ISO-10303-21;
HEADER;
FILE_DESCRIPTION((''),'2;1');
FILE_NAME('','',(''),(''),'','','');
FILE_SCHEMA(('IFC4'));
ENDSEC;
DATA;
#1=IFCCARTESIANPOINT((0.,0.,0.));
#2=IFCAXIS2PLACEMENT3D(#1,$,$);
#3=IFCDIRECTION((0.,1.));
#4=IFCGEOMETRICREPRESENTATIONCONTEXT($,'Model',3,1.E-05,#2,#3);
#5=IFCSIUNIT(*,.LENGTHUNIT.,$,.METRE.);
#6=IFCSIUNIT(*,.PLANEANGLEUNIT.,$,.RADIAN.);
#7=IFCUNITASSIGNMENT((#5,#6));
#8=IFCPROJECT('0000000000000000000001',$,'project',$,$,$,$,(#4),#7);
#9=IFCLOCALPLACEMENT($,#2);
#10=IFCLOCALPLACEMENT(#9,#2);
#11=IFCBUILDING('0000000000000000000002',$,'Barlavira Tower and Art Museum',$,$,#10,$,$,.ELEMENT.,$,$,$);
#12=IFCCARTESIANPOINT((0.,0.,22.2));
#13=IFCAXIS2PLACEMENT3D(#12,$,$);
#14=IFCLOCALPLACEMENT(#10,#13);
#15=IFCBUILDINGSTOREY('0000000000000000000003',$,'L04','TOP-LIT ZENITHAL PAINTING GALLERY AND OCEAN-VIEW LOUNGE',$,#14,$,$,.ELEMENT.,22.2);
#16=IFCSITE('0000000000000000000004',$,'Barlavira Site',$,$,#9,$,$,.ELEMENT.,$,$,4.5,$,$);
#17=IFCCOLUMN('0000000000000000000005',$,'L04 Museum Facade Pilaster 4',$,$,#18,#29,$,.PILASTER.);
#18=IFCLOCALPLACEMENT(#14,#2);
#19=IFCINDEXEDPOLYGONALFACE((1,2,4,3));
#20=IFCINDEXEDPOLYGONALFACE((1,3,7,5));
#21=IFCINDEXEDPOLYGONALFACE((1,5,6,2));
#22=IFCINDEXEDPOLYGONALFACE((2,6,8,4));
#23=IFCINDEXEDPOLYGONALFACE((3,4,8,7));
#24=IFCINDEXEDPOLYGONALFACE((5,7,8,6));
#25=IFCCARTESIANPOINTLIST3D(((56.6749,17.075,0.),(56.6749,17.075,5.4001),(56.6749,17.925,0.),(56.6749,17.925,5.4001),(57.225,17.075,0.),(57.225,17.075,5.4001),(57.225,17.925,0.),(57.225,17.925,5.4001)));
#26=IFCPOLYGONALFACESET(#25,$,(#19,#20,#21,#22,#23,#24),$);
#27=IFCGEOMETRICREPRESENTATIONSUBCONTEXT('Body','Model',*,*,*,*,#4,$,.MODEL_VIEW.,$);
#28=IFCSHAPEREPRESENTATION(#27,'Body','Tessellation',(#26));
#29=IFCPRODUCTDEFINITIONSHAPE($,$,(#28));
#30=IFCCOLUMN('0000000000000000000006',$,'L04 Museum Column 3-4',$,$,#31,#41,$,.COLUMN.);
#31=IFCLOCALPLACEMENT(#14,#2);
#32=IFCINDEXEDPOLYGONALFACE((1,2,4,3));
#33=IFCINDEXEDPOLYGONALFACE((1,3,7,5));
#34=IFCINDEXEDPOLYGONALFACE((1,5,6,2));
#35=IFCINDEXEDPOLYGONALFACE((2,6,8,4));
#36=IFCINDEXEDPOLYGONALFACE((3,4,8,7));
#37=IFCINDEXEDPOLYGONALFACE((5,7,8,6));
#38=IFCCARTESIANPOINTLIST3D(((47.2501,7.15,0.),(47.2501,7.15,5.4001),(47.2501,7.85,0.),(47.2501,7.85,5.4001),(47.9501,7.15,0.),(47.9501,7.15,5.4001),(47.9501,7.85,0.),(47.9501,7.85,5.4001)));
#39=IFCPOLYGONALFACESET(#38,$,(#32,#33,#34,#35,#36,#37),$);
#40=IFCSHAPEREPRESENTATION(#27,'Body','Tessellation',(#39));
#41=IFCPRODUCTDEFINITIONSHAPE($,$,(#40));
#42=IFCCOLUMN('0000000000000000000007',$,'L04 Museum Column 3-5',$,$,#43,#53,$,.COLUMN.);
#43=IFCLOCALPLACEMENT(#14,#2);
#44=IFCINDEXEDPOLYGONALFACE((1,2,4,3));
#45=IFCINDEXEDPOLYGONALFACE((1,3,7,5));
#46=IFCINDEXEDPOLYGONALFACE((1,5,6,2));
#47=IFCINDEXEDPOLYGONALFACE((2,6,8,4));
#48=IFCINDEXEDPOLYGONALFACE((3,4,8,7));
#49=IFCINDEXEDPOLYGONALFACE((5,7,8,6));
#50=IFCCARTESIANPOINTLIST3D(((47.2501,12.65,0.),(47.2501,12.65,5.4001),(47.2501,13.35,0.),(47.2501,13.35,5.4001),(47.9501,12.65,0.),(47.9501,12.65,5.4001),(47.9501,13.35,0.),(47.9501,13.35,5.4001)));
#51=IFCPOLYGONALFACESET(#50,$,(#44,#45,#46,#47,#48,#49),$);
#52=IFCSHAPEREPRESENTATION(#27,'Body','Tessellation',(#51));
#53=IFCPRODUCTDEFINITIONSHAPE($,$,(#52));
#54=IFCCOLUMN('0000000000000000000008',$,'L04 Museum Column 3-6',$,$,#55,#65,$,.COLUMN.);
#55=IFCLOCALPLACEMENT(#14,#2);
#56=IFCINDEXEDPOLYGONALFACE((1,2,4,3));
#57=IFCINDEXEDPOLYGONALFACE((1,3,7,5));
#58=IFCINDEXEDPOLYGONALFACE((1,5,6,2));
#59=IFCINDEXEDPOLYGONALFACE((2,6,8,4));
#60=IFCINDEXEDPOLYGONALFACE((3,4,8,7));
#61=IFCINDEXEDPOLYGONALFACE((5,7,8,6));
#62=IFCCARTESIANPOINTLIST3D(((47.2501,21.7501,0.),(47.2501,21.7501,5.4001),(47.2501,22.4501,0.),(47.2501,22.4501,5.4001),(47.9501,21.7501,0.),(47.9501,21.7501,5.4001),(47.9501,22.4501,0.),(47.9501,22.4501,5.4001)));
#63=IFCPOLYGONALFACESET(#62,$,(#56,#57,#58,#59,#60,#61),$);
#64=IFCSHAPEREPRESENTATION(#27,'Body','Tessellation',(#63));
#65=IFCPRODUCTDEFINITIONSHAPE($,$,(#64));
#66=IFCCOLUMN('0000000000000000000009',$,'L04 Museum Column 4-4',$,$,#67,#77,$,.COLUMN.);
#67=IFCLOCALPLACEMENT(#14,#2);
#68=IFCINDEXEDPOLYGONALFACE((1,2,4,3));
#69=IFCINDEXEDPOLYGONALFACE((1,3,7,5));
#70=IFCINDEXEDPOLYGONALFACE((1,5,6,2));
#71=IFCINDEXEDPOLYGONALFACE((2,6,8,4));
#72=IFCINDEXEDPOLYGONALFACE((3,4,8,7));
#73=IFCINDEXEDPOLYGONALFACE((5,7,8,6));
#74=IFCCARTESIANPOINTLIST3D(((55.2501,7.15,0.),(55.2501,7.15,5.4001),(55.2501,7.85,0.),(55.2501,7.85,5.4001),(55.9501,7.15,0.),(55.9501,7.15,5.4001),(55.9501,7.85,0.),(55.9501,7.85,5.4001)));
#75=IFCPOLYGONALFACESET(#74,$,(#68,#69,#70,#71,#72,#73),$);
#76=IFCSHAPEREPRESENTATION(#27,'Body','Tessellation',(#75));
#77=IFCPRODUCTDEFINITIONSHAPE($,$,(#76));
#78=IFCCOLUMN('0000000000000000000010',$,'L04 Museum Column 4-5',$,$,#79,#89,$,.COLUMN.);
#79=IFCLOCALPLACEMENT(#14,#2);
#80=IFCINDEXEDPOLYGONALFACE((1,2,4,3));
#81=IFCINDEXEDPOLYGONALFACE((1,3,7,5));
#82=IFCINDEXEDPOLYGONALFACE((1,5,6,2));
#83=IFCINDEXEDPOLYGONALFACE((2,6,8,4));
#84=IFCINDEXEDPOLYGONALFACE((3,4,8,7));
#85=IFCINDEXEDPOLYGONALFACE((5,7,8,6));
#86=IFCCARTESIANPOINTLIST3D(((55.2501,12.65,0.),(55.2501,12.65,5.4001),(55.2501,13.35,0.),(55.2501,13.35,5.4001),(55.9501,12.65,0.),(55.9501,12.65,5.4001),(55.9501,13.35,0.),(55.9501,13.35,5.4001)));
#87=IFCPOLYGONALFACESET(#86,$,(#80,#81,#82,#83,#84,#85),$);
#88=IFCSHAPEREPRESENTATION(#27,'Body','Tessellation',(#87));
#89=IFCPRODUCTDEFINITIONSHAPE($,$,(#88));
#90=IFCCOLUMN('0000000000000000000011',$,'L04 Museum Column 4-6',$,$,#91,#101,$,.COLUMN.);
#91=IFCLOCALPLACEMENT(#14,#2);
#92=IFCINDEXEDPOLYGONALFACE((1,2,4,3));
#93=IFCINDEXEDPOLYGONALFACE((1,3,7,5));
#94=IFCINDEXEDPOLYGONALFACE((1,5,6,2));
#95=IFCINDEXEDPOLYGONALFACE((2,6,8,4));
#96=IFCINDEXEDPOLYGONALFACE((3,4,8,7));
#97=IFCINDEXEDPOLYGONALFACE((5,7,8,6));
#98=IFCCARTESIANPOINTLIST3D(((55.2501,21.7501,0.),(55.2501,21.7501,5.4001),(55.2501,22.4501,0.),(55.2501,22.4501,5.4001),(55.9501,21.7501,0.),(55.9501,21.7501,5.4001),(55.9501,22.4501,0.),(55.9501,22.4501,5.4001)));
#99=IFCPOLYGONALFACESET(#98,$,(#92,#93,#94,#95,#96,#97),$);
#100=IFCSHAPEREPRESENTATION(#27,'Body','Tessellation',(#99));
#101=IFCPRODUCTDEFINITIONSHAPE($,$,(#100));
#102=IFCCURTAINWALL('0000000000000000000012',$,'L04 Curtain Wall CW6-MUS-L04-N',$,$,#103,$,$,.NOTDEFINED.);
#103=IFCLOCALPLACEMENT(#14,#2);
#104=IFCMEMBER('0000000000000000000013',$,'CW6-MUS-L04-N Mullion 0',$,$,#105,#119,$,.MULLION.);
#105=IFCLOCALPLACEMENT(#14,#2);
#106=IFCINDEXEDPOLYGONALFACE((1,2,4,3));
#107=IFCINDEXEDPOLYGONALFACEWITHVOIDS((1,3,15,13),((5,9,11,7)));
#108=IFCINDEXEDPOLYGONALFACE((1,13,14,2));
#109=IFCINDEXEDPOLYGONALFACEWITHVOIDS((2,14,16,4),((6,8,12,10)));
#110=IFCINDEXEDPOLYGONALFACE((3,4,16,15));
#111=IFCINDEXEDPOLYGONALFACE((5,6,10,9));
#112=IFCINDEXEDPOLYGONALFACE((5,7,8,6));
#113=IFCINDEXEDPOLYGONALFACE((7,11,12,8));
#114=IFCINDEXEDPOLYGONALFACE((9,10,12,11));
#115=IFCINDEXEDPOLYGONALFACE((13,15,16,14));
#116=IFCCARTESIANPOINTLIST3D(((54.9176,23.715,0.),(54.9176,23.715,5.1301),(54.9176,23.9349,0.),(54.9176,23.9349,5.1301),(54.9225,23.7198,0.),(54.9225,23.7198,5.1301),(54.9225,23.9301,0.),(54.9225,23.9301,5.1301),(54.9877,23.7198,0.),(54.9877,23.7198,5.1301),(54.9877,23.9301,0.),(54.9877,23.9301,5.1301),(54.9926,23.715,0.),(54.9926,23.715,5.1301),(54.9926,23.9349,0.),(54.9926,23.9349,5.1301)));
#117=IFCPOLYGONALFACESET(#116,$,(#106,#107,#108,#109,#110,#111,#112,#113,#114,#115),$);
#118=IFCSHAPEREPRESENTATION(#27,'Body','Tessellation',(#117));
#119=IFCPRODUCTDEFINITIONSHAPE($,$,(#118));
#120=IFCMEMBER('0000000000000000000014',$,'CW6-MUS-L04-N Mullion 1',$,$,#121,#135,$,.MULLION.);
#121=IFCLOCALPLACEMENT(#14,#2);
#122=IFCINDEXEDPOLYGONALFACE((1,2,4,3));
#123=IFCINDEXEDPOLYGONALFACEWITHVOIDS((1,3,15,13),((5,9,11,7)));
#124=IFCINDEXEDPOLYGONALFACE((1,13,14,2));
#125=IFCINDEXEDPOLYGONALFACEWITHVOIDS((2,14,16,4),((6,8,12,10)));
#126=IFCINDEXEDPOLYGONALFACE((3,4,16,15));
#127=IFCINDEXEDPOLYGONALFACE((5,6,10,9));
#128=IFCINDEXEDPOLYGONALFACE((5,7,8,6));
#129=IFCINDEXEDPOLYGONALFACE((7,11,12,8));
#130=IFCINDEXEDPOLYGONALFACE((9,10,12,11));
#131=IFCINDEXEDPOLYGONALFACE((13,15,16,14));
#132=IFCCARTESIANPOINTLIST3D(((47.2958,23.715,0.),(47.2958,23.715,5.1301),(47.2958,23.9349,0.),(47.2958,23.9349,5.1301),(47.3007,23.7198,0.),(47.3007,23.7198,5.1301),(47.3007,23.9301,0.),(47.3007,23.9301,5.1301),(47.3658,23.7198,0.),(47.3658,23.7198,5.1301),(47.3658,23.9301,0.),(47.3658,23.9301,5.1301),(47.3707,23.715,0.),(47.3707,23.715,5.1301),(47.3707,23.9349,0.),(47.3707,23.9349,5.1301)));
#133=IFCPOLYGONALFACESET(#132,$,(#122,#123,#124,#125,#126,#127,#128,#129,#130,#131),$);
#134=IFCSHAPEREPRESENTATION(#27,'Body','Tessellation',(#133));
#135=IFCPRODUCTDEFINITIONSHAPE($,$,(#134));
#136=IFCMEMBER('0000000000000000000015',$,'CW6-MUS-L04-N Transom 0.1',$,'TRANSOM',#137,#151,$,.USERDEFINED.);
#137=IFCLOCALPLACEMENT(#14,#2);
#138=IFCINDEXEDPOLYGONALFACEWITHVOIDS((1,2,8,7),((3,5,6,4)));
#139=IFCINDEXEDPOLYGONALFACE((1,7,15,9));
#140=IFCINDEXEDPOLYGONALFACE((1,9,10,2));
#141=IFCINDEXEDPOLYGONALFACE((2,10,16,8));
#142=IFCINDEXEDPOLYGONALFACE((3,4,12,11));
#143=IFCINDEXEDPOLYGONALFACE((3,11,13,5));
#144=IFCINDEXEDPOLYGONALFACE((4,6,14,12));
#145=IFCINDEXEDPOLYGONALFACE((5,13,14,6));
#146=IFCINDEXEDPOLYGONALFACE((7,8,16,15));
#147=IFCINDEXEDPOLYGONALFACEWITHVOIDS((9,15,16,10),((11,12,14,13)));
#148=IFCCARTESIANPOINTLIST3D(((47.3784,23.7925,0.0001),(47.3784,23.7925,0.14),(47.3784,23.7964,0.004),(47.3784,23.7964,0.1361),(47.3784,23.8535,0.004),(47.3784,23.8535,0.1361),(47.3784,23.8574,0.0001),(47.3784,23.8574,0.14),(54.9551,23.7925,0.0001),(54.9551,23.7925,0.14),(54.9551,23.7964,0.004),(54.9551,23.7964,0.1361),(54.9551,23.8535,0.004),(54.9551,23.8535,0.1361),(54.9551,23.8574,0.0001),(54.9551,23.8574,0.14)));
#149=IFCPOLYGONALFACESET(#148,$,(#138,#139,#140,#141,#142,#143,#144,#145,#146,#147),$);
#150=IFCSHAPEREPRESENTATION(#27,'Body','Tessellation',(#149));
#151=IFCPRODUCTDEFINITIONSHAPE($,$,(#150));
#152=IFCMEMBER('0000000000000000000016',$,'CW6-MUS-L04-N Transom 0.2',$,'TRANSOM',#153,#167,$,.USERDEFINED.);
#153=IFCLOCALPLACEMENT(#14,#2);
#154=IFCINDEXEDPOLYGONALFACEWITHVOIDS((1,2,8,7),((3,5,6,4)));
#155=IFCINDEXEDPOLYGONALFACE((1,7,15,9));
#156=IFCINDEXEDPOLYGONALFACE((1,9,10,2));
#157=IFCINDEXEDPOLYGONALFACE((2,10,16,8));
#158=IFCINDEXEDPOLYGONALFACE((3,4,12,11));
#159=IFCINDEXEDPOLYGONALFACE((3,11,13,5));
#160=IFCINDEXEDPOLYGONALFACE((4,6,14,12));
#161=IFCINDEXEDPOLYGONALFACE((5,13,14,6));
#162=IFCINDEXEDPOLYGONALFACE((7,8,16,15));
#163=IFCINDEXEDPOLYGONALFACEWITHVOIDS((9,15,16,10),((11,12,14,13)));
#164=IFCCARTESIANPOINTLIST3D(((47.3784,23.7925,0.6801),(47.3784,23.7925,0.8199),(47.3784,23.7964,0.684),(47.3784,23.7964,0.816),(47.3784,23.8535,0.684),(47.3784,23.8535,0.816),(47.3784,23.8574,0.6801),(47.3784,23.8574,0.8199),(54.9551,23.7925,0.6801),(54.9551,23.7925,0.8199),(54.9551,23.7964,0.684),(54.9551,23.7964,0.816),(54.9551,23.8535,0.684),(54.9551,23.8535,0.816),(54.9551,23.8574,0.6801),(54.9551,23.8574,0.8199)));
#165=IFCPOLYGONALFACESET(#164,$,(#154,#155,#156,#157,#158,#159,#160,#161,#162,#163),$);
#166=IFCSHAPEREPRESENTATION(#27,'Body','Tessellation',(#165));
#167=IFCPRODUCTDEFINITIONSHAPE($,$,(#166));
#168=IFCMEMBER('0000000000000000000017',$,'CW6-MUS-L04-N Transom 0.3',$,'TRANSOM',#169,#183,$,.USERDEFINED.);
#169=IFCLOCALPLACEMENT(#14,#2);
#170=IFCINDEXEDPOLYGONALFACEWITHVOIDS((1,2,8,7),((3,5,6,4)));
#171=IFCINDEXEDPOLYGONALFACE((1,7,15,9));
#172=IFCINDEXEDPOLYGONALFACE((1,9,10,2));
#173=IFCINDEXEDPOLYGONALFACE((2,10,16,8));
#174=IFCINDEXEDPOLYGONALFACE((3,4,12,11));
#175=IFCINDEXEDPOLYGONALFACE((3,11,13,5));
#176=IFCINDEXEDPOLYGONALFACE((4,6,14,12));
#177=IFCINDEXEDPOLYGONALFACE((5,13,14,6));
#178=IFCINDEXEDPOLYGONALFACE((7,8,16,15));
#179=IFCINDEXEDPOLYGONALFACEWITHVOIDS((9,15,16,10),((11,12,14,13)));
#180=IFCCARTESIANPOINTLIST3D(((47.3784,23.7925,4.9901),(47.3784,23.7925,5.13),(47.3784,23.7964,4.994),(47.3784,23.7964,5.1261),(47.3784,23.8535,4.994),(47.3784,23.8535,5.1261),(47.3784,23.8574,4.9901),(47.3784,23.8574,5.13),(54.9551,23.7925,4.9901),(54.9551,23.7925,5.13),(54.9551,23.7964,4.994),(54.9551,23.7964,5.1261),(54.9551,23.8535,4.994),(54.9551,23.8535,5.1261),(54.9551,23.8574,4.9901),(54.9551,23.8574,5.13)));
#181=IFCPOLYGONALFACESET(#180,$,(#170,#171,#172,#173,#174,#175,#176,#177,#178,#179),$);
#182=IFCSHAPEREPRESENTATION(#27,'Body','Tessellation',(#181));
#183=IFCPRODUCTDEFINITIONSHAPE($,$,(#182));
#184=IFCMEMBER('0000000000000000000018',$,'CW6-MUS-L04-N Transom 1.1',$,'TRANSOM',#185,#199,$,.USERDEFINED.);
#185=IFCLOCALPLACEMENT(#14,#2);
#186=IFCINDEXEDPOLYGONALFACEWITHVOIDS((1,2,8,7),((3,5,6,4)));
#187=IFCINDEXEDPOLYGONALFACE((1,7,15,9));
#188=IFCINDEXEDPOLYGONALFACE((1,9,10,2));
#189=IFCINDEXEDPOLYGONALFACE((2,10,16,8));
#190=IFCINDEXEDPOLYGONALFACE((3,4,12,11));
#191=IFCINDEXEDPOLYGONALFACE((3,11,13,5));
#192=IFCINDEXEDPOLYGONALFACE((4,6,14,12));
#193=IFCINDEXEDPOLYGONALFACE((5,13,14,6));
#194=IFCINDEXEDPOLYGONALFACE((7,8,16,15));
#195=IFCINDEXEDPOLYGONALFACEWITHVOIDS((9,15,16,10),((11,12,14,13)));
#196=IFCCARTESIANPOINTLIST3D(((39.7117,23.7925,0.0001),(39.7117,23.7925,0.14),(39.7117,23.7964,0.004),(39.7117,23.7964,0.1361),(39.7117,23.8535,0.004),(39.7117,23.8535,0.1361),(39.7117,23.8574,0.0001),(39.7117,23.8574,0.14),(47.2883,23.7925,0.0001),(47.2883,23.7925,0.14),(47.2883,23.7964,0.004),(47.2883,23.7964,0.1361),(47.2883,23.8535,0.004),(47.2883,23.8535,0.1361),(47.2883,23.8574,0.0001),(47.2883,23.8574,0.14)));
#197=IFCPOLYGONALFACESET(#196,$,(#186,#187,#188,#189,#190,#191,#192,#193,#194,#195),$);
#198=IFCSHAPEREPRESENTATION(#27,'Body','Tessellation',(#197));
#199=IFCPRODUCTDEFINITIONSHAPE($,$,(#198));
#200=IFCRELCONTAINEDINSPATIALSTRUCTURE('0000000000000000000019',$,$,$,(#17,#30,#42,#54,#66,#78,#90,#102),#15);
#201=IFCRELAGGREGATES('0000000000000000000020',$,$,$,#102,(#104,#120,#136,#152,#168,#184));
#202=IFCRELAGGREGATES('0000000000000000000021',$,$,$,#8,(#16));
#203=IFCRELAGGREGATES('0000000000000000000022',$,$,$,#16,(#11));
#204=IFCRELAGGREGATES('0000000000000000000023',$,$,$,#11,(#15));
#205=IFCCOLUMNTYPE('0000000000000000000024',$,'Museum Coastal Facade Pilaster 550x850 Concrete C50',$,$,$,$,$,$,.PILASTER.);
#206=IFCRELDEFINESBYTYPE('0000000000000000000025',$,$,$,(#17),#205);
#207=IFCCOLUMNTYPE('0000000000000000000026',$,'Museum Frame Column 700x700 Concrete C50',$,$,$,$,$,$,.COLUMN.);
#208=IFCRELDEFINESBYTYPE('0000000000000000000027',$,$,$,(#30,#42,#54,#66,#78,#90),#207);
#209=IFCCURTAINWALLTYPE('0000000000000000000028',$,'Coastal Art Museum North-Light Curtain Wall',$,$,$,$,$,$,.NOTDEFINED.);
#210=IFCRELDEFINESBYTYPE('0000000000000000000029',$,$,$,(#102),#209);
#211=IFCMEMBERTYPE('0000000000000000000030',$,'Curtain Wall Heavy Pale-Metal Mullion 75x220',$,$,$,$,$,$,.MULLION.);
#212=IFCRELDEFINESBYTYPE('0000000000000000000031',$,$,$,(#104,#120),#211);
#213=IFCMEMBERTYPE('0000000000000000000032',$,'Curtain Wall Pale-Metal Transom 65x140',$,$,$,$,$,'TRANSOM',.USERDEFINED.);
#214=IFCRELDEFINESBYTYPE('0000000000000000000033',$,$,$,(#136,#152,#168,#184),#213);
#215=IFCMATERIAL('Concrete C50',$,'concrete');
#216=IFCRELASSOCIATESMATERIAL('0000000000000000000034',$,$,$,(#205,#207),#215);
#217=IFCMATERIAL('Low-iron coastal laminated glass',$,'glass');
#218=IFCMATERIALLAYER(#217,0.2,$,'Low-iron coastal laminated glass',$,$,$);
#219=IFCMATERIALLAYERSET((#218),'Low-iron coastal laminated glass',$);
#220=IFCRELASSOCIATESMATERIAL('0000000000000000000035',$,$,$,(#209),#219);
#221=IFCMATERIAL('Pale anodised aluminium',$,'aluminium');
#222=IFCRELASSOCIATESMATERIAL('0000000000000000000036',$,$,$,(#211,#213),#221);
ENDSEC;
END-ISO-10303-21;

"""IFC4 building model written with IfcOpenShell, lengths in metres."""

from ifc_helpers import new_model, si_unit, direction, frame, origin, origin_2d, place, context, subcontext, project, spatial, rectangle, hollow_rectangle, extrude, material, layer, layer_set, material_profile, profile_set, type_object, element, aggregate, save


model = new_model("IFC4")

# Units and contexts
model_context = context("Model", 3, precision=1e-05, world=origin(), true_north=direction((0.0, 1.0)))
body_context = subcontext(model_context, "Body", "Model", "MODEL_VIEW")
ifc_project = project(units=[si_unit("LENGTHUNIT", "METRE"), si_unit("PLANEANGLEUNIT", "RADIAN")], contexts=[model_context])

# Site, building, storey
site_placement = place(None, origin())
site = spatial("IfcSite", under=ifc_project, at=site_placement, Name="Barlavira Site", CompositionType="ELEMENT", RefElevation=4.5)
building_placement = place(site_placement, origin())
building = spatial("IfcBuilding", under=site, at=building_placement, Name="Barlavira Tower and Art Museum", CompositionType="ELEMENT")
storey_placement = place(building_placement, frame((0.0, 0.0, 22.2)))
storey = spatial("IfcBuildingStorey", under=building, at=storey_placement, Name="L04", Description="TOP-LIT ZENITHAL PAINTING GALLERY AND OCEAN-VIEW LOUNGE", CompositionType="ELEMENT", Elevation=22.2)

# Columns
ifc_material_1 = material(Name="Concrete C50", Category="concrete")
ifc_material_profile_1 = material_profile(ifc_material_1, rectangle(XDim=0.55, YDim=0.8501, at=origin_2d()), Name="RC-PIL 550x850")
ifc_profile_set_1 = profile_set([ifc_material_profile_1], Name="Concrete C50")
column_type_1 = type_object("IfcColumnType", Name="Museum Coastal Facade Pilaster 550x850 Concrete C50", PredefinedType="PILASTER", material=ifc_profile_set_1)
column_placement = place(storey_placement, frame((56.95, 17.5, 0.0), z_axis=(0.0, 0.0, 1.0), x_axis=(1.0, 0.0, 0.0)))
element("IfcColumn", 1, at=column_placement, inside=storey, type_object=column_type_1, Name="L04 Museum Facade Pilaster 4", PredefinedType="PILASTER", context=body_context, shape_type="SweptSolid", body=[
    extrude(rectangle(XDim=0.55, YDim=0.8501, at=origin_2d()), origin(), (0.0, 0.0, 1.0), 5.4001),
])
ifc_material_profile_2 = material_profile(ifc_material_1, rectangle(XDim=0.7, YDim=0.7, at=origin_2d()), Name="RC-COL 700x700")
ifc_profile_set_2 = profile_set([ifc_material_profile_2], Name="Concrete C50")
column_type_2 = type_object("IfcColumnType", Name="Museum Frame Column 700x700 Concrete C50", PredefinedType="COLUMN", material=ifc_profile_set_2)
for number, where, z_axis, x_axis, name in (
    (2, (47.6001, 7.5, 0.0), (0.0, 0.0, 1.0), (1.0, 0.0, 0.0), "L04 Museum Column 3-4"),
    (3, (47.6001, 13.0, 0.0), (0.0, 0.0, 1.0), (1.0, 0.0, 0.0), "L04 Museum Column 3-5"),
    (4, (47.6001, 22.1001, 0.0), (0.0, 0.0, 1.0), (1.0, 0.0, 0.0), "L04 Museum Column 3-6"),
    (5, (55.6001, 7.5, 0.0), (0.0, 0.0, 1.0), (1.0, 0.0, 0.0), "L04 Museum Column 4-4"),
    (6, (55.6001, 13.0, 0.0), (0.0, 0.0, 1.0), (1.0, 0.0, 0.0), "L04 Museum Column 4-5"),
    (7, (55.6001, 22.1001, 0.0), (0.0, 0.0, 1.0), (1.0, 0.0, 0.0), "L04 Museum Column 4-6"),
):
    element("IfcColumn", number, at=place(storey_placement, frame(where, z_axis=z_axis, x_axis=x_axis)), inside=storey, type_object=column_type_2, Name=name, PredefinedType="COLUMN", context=body_context, shape_type="SweptSolid", body=[
        extrude(rectangle(XDim=0.7, YDim=0.7, at=origin_2d()), origin(), (0.0, 0.0, 1.0), 5.4001),
    ])

# Curtain wall, members
ifc_material_2 = material(Name="Low-iron coastal laminated glass", Category="glass")
ifc_layer_1 = layer(ifc_material_2, 0.2, Name="Low-iron coastal laminated glass")
ifc_layer_set_1 = layer_set([ifc_layer_1], Name="Low-iron coastal laminated glass")
curtain_wall_type = type_object("IfcCurtainWallType", Name="Coastal Art Museum North-Light Curtain Wall", PredefinedType="NOTDEFINED", material=ifc_layer_set_1)
curtain_wall_placement = place(storey_placement, origin())
curtain_wall = element("IfcCurtainWall", 8, at=curtain_wall_placement, inside=storey, type_object=curtain_wall_type, Name="L04 Curtain Wall CW6-MUS-L04-N", PredefinedType="NOTDEFINED")
ifc_material_3 = material(Name="Pale anodised aluminium", Category="aluminium")
ifc_material_profile_3 = material_profile(ifc_material_3, hollow_rectangle(XDim=0.075, YDim=0.22, WallThickness=0.0049, at=origin_2d()), Name="ALU-MULL 75x220x5")
ifc_profile_set_3 = profile_set([ifc_material_profile_3], Name="Pale anodised aluminium")
member_type_1 = type_object("IfcMemberType", Name="Curtain Wall Heavy Pale-Metal Mullion 75x220", PredefinedType="MULLION", material=ifc_profile_set_3)
member_1_placement = place(storey_placement, frame((54.9551, 23.825, 0.0), z_axis=(0.0, 0.0, 1.0), x_axis=(-1.0, 0.0, 0.0)))
member_1 = element("IfcMember", 9, at=member_1_placement, type_object=member_type_1, Name="CW6-MUS-L04-N Mullion 0", PredefinedType="MULLION", context=body_context, shape_type="SweptSolid", body=[
    extrude(hollow_rectangle(XDim=0.075, YDim=0.22, WallThickness=0.0049, at=origin_2d()), origin(), (0.0, 0.0, 1.0), 5.1301),
])
member_2_placement = place(storey_placement, frame((47.3333, 23.825, 0.0), z_axis=(0.0, 0.0, 1.0), x_axis=(-1.0, 0.0, 0.0)))
member_2 = element("IfcMember", 10, at=member_2_placement, type_object=member_type_1, Name="CW6-MUS-L04-N Mullion 1", PredefinedType="MULLION", context=body_context, shape_type="SweptSolid", body=[
    extrude(hollow_rectangle(XDim=0.075, YDim=0.22, WallThickness=0.0049, at=origin_2d()), origin(), (0.0, 0.0, 1.0), 5.1301),
])
ifc_material_profile_4 = material_profile(ifc_material_3, hollow_rectangle(XDim=0.0649, YDim=0.1399, WallThickness=0.0039, at=origin_2d()), Name="ALU-TRAN 65x140x4")
ifc_profile_set_4 = profile_set([ifc_material_profile_4], Name="Pale anodised aluminium")
member_type_2 = type_object("IfcMemberType", Name="Curtain Wall Pale-Metal Transom 65x140", ElementType="TRANSOM", PredefinedType="USERDEFINED", material=ifc_profile_set_4)
member_3_placement = place(storey_placement, frame((54.9551, 23.825, 0.0701), z_axis=(-1.0, 0.0, 0.0), x_axis=(0.0, -1.0, 0.0)))
member_3 = element("IfcMember", 11, at=member_3_placement, type_object=member_type_2, Name="CW6-MUS-L04-N Transom 0.1", ObjectType="TRANSOM", PredefinedType="USERDEFINED", context=body_context, shape_type="SweptSolid", body=[
    extrude(hollow_rectangle(XDim=0.0649, YDim=0.1399, WallThickness=0.0039, at=origin_2d()), origin(), (0.0, 0.0, 1.0), 7.5767),
])
member_4_placement = place(storey_placement, frame((54.9551, 23.825, 0.75), z_axis=(-1.0, 0.0, 0.0), x_axis=(0.0, -1.0, 0.0)))
member_4 = element("IfcMember", 12, at=member_4_placement, type_object=member_type_2, Name="CW6-MUS-L04-N Transom 0.2", ObjectType="TRANSOM", PredefinedType="USERDEFINED", context=body_context, shape_type="SweptSolid", body=[
    extrude(hollow_rectangle(XDim=0.0649, YDim=0.1399, WallThickness=0.0039, at=origin_2d()), origin(), (0.0, 0.0, 1.0), 7.5767),
])
member_5_placement = place(storey_placement, frame((54.9551, 23.825, 5.0601), z_axis=(-1.0, 0.0, 0.0), x_axis=(0.0, -1.0, 0.0)))
member_5 = element("IfcMember", 13, at=member_5_placement, type_object=member_type_2, Name="CW6-MUS-L04-N Transom 0.3", ObjectType="TRANSOM", PredefinedType="USERDEFINED", context=body_context, shape_type="SweptSolid", body=[
    extrude(hollow_rectangle(XDim=0.0649, YDim=0.1399, WallThickness=0.0039, at=origin_2d()), origin(), (0.0, 0.0, 1.0), 7.5767),
])
member_6_placement = place(storey_placement, frame((47.2883, 23.825, 0.0701), z_axis=(-1.0, 0.0, 0.0), x_axis=(0.0, -1.0, 0.0)))
member_6 = element("IfcMember", 14, at=member_6_placement, type_object=member_type_2, Name="CW6-MUS-L04-N Transom 1.1", ObjectType="TRANSOM", PredefinedType="USERDEFINED", context=body_context, shape_type="SweptSolid", body=[
    extrude(hollow_rectangle(XDim=0.0649, YDim=0.1399, WallThickness=0.0039, at=origin_2d()), origin(), (0.0, 0.0, 1.0), 7.5767),
])

aggregate(curtain_wall, [member_1, member_2, member_3, member_4, member_5, member_6])

save(model, "model.ifc")
